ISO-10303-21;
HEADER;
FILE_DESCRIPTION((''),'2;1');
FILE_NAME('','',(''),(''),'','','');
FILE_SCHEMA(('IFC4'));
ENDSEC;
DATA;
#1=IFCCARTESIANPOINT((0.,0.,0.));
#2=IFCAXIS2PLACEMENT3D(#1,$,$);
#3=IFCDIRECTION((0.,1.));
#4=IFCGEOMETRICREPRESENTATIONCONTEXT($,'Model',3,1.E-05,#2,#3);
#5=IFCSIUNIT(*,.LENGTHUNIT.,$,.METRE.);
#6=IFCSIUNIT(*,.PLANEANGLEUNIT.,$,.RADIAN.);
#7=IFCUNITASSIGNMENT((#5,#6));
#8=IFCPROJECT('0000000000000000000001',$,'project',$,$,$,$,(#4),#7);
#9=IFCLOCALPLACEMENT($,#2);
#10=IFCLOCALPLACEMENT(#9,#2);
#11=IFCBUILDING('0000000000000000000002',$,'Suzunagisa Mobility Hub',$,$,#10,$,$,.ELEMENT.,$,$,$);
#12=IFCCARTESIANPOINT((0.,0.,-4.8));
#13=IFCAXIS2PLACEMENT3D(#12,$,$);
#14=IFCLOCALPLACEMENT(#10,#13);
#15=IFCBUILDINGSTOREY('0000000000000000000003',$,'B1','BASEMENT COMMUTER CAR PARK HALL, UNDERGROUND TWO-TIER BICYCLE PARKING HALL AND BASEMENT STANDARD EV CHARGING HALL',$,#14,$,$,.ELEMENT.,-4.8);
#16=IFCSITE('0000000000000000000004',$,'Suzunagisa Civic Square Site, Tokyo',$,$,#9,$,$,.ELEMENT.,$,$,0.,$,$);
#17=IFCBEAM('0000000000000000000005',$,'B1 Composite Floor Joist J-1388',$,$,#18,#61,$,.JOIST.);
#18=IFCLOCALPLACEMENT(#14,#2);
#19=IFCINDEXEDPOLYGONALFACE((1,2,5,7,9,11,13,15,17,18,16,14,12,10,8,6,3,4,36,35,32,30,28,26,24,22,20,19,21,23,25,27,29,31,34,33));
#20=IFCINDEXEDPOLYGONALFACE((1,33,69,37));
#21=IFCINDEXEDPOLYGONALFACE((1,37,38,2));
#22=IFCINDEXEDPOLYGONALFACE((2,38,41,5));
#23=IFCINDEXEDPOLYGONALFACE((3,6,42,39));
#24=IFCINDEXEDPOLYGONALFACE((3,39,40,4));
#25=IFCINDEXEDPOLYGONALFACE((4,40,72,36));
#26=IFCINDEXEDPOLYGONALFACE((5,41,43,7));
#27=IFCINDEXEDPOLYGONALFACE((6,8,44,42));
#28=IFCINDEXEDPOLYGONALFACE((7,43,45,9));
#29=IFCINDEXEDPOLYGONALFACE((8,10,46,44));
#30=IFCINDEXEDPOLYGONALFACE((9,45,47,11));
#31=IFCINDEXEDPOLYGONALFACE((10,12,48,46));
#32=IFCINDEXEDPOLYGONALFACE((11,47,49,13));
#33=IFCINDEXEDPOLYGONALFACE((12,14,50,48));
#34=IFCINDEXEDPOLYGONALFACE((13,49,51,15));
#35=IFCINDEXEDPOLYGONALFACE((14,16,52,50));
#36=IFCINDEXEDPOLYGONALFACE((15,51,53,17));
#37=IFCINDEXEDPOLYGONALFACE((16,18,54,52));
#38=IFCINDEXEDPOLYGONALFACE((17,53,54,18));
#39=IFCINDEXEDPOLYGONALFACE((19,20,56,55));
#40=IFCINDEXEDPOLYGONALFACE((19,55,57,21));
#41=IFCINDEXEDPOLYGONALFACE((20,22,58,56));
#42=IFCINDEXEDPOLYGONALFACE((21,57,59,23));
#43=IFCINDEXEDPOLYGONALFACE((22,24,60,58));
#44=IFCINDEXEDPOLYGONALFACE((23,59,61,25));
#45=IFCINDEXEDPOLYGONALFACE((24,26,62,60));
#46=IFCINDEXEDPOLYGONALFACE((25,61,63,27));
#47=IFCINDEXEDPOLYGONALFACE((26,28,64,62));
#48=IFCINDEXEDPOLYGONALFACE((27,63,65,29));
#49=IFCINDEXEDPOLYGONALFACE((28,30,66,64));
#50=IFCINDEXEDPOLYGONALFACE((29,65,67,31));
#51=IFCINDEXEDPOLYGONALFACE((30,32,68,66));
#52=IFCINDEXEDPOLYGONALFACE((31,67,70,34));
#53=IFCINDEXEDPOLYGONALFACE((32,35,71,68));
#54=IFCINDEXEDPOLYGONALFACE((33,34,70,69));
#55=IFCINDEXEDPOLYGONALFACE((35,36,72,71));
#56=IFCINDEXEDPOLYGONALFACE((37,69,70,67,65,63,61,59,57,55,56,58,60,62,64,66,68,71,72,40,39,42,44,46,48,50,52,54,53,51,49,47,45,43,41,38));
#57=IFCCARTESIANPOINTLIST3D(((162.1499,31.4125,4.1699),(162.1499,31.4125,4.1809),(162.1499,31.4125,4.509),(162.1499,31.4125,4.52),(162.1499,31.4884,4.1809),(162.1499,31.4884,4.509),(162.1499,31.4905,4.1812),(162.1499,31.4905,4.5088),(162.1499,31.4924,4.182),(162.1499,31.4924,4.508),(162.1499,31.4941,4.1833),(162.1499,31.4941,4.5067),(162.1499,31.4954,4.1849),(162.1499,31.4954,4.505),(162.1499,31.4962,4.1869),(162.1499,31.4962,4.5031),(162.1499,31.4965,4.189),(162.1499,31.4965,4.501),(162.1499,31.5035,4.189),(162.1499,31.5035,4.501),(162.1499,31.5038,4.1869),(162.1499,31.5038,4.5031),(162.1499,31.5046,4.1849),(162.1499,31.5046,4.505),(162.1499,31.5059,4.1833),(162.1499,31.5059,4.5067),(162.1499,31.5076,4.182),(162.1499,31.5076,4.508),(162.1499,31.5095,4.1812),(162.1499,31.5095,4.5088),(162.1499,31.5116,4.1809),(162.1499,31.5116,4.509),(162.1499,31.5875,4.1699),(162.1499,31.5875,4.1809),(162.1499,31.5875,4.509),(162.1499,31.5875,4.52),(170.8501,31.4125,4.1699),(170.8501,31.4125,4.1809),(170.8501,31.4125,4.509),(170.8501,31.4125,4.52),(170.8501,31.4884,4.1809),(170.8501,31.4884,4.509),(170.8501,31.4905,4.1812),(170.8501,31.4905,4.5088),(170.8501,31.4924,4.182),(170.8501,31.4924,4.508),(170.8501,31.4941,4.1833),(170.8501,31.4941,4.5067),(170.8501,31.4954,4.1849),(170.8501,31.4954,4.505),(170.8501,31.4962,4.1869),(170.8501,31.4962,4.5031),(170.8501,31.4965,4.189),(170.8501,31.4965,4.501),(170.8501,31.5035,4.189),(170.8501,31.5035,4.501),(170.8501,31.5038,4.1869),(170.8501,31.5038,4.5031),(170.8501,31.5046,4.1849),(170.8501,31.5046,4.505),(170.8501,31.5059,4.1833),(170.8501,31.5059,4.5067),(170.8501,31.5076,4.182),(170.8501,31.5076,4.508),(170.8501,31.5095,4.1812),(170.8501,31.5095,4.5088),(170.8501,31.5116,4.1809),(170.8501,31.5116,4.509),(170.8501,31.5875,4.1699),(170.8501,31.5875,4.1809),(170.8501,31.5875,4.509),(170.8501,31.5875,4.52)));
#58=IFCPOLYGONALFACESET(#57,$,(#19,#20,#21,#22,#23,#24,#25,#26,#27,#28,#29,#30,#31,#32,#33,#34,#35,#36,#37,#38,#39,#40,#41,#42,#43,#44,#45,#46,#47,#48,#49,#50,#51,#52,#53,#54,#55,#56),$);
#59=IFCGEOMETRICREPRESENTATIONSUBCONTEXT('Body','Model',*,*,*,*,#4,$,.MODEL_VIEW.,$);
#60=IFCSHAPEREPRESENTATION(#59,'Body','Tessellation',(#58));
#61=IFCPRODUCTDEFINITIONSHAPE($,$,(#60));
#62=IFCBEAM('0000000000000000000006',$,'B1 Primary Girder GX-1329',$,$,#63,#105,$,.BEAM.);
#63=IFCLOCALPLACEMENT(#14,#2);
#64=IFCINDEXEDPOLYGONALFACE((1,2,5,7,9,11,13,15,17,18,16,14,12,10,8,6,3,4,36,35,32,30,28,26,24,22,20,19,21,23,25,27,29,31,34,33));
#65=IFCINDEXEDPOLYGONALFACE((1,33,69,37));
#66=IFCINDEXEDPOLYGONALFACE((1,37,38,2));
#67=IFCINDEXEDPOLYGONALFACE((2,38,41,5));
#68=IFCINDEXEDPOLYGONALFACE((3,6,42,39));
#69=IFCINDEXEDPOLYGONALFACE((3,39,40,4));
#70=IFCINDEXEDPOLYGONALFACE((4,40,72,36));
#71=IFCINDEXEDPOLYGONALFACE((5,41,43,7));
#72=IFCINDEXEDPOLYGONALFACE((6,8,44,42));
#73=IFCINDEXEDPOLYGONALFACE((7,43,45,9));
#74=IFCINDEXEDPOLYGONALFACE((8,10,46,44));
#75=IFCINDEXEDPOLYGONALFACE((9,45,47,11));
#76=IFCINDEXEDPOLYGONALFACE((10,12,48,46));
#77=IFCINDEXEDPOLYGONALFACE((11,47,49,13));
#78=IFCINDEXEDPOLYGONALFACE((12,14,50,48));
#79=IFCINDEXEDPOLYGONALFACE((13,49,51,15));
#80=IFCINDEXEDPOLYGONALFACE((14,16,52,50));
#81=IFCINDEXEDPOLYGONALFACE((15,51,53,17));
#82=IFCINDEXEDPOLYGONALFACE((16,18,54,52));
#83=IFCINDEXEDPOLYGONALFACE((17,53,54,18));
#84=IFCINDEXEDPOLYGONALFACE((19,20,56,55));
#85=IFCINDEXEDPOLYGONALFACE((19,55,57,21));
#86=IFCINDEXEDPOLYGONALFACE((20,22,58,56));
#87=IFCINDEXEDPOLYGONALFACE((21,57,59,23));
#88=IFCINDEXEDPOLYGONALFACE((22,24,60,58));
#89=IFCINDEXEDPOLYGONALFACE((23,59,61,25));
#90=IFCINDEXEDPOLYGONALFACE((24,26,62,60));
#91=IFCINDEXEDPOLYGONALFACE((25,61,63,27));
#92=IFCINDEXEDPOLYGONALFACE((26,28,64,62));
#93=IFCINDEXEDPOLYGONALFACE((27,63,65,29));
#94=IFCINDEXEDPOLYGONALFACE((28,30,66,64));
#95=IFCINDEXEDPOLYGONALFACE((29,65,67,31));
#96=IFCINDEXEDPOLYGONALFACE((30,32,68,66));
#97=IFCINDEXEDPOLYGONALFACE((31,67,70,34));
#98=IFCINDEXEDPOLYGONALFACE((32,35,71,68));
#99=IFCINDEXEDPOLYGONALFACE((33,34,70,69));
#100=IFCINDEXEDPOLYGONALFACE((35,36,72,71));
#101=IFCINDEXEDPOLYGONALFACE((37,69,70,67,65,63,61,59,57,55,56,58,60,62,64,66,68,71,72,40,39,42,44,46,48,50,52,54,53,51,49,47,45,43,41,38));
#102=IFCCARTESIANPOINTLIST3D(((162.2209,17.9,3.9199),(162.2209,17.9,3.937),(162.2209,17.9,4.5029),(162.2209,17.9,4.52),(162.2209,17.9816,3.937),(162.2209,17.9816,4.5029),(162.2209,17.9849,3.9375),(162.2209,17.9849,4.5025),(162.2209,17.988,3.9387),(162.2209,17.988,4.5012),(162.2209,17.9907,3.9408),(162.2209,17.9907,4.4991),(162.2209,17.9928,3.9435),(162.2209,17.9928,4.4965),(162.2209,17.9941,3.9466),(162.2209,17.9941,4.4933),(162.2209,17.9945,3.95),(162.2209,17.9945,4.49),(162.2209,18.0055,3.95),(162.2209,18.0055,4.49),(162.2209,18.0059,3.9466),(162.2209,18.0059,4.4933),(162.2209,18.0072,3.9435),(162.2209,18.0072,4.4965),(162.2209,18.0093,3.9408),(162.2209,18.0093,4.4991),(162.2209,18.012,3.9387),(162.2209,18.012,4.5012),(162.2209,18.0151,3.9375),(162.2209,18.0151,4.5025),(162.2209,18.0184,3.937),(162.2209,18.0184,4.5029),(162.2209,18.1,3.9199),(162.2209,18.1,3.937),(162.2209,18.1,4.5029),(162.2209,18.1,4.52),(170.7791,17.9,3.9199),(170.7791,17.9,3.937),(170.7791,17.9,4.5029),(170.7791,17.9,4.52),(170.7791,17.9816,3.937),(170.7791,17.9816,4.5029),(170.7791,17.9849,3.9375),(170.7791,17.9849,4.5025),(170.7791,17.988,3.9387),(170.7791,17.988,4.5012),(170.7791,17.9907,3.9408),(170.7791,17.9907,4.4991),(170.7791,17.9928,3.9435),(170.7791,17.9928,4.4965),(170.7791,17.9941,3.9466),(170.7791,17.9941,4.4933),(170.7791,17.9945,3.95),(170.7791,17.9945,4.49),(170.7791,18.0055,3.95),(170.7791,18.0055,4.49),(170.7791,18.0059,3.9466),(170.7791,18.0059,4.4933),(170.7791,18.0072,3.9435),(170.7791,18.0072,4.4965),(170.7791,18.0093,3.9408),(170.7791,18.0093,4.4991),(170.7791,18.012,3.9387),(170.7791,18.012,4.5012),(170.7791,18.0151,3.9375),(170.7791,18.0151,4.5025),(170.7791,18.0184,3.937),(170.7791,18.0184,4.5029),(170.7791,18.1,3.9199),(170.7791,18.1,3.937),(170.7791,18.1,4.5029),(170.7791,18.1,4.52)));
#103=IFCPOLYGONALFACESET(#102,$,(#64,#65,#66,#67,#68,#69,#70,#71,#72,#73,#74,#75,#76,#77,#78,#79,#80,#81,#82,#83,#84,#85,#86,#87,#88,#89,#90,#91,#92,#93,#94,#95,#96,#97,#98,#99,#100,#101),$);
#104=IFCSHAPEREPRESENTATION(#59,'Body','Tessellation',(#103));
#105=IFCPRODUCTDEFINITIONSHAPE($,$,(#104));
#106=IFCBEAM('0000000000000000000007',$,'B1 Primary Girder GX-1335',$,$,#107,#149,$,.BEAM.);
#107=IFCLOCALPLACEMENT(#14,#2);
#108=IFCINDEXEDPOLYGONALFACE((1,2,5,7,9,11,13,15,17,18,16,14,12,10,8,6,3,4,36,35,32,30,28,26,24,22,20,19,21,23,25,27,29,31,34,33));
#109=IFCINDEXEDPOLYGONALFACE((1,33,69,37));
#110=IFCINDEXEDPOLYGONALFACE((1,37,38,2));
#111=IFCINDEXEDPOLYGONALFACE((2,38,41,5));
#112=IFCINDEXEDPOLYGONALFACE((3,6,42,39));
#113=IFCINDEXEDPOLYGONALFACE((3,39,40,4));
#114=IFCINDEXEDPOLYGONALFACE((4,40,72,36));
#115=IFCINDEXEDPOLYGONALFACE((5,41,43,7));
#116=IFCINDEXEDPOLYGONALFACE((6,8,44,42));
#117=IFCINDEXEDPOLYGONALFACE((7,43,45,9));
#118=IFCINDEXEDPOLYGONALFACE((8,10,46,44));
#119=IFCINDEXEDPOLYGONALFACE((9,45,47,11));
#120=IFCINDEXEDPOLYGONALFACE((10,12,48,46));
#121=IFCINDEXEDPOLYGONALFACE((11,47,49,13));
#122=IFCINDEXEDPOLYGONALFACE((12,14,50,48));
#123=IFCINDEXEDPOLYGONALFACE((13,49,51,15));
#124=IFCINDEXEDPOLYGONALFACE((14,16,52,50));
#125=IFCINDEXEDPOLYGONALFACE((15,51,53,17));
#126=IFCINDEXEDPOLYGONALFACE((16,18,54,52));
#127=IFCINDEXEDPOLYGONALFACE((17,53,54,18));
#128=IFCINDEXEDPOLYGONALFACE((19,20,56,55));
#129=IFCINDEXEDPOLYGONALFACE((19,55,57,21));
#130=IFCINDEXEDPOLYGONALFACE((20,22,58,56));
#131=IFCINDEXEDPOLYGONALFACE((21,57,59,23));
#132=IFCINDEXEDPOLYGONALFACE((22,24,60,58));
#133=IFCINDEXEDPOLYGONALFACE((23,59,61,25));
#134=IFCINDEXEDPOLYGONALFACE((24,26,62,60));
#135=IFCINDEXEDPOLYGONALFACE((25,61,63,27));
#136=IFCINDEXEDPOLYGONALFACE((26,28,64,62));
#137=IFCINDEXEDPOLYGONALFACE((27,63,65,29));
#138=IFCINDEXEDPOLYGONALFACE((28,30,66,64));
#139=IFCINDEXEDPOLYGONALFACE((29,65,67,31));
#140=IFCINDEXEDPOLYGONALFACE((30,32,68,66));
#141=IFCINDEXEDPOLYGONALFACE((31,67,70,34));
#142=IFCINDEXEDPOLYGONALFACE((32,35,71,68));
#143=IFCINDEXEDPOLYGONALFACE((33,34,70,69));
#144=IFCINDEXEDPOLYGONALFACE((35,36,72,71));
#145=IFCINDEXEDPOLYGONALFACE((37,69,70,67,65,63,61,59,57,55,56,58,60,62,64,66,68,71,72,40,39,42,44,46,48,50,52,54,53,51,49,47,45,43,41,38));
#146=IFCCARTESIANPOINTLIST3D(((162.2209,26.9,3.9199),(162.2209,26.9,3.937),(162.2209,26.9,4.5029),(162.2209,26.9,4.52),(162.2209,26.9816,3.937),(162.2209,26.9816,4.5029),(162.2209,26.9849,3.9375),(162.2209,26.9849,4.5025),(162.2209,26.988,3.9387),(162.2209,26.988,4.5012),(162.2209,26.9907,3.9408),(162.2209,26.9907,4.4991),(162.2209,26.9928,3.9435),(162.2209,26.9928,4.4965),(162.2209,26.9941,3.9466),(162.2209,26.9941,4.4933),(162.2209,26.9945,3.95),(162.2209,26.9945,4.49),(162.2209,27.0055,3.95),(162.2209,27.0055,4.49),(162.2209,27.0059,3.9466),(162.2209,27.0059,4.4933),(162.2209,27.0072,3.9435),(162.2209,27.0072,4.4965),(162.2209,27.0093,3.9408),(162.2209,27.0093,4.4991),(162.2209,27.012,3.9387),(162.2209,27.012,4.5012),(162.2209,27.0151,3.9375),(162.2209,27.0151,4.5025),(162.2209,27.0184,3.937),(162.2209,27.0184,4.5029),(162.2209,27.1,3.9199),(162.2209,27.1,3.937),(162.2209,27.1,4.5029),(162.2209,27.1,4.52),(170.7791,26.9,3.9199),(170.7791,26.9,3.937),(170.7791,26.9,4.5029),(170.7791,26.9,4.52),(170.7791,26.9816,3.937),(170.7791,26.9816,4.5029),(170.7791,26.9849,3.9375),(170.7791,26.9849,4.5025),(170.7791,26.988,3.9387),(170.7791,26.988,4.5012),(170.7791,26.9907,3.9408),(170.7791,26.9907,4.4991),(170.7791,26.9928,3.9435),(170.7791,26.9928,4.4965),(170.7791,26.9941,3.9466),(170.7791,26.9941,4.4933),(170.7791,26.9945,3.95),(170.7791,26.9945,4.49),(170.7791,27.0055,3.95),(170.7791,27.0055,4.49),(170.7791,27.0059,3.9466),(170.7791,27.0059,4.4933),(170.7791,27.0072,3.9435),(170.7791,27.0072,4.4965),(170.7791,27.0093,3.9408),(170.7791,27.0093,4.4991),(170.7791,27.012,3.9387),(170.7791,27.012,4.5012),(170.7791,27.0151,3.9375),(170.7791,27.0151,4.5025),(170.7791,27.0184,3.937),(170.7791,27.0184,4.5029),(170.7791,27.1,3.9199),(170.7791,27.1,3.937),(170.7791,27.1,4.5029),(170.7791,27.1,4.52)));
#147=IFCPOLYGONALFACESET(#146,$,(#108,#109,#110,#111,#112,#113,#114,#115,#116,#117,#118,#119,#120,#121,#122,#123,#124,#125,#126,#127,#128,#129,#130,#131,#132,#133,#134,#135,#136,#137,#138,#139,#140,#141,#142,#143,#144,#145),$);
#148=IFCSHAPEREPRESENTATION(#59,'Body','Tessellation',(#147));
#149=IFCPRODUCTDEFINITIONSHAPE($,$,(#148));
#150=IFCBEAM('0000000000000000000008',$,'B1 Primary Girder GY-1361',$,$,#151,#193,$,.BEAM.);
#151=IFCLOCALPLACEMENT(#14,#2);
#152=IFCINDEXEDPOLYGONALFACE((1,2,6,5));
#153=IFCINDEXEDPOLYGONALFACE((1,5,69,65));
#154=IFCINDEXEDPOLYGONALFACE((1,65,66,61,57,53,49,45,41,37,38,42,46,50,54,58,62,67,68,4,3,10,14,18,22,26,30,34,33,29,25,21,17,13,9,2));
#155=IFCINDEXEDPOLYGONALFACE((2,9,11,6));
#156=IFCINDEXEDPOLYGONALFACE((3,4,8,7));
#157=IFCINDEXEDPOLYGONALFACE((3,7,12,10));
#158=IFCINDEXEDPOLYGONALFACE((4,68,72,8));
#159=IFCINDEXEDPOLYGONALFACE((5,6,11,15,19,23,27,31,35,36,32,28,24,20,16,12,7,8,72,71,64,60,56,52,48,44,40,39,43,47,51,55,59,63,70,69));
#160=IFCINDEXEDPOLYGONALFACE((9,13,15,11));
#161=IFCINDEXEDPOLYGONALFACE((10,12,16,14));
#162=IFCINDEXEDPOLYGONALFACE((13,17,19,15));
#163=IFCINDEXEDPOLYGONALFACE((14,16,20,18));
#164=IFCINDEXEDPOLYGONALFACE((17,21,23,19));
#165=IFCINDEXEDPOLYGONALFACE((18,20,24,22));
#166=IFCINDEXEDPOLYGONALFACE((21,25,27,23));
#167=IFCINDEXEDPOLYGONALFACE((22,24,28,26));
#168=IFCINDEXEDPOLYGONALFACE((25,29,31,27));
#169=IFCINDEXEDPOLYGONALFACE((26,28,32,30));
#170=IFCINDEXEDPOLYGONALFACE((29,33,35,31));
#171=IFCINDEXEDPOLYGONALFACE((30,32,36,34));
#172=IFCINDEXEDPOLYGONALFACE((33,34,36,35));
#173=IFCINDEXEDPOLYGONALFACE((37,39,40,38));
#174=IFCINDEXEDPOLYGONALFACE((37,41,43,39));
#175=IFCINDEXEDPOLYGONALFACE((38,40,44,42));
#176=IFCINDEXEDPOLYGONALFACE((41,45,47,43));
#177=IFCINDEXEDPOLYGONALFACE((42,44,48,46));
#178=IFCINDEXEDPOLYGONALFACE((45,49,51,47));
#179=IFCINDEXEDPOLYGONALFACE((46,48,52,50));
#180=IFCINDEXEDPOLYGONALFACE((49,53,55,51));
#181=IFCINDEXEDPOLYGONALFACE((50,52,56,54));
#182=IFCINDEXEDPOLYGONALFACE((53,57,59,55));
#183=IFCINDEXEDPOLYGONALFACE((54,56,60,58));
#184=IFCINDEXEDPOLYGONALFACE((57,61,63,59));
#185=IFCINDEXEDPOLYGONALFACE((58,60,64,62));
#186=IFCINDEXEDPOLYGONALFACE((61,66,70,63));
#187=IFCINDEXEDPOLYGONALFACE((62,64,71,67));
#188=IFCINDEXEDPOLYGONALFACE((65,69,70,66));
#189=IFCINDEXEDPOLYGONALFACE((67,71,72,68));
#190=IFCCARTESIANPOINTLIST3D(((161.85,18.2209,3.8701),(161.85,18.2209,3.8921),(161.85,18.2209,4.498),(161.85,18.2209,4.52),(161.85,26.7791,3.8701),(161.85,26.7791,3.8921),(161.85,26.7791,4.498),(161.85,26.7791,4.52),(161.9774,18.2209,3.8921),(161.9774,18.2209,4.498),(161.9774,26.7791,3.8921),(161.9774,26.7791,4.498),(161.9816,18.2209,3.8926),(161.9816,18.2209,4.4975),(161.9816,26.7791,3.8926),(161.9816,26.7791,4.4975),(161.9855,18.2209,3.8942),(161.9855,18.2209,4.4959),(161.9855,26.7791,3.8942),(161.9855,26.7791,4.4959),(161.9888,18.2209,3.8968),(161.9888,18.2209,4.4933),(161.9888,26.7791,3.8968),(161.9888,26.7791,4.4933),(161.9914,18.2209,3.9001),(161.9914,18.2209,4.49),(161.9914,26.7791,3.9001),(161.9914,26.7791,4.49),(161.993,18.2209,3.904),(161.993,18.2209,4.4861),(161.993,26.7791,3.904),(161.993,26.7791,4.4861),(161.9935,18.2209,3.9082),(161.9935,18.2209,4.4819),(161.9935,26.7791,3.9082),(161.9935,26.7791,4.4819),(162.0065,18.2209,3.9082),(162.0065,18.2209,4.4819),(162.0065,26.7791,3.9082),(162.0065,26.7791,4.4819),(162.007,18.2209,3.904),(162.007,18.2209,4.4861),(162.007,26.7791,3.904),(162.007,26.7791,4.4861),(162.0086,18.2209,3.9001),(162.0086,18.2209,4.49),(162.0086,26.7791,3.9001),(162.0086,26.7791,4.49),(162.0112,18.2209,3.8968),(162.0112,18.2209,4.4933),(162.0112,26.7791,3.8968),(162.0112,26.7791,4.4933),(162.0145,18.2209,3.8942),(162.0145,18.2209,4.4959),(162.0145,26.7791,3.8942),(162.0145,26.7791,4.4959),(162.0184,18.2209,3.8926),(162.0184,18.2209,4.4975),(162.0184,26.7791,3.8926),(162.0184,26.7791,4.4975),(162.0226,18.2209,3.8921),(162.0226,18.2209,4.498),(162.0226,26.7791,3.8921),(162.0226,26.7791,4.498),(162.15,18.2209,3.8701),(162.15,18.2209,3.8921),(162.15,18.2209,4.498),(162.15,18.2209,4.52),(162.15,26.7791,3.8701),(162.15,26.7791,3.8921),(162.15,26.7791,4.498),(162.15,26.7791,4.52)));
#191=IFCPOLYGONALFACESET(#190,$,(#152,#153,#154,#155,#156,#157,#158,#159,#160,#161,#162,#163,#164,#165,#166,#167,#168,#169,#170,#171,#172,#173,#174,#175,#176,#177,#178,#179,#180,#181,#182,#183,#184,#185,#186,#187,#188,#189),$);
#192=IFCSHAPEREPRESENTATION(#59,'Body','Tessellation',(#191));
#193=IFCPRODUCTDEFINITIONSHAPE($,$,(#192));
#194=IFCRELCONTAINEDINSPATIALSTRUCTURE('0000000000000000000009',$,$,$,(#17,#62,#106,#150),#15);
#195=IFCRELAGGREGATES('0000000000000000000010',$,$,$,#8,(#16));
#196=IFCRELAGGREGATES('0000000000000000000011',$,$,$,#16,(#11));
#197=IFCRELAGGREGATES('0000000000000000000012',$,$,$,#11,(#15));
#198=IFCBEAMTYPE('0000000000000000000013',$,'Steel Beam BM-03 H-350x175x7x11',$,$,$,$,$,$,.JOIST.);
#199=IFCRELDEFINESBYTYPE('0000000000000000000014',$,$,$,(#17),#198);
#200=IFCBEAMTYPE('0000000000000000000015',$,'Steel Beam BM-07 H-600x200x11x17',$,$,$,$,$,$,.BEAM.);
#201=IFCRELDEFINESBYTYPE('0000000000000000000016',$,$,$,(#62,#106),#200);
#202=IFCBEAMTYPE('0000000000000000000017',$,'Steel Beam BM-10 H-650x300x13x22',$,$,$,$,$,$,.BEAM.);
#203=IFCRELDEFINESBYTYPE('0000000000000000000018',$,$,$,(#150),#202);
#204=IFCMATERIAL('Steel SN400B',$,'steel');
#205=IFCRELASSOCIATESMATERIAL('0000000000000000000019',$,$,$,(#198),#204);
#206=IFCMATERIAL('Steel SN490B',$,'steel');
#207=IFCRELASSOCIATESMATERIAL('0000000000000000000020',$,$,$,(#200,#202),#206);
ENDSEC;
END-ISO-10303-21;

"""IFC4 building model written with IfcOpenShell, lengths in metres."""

from ifc_helpers import new_model, si_unit, direction, frame, origin, origin_2d, place, context, subcontext, project, spatial, i_section, extrude, material, material_profile, profile_set, type_object, element, save


model = new_model("IFC4")

# Units and contexts
model_context = context("Model", 3, precision=1e-05, world=origin(), true_north=direction((0.0, 1.0)))
body_context = subcontext(model_context, "Body", "Model", "MODEL_VIEW")
ifc_project = project(units=[si_unit("LENGTHUNIT", "METRE"), si_unit("PLANEANGLEUNIT", "RADIAN")], contexts=[model_context])

# Site, building, storey
site_placement = place(None, origin())
site = spatial("IfcSite", under=ifc_project, at=site_placement, Name="Suzunagisa Civic Square Site, Tokyo", CompositionType="ELEMENT", RefElevation=0.0)
building_placement = place(site_placement, origin())
building = spatial("IfcBuilding", under=site, at=building_placement, Name="Suzunagisa Mobility Hub", CompositionType="ELEMENT")
storey_placement = place(building_placement, frame((0.0, 0.0, -4.8)))
storey = spatial("IfcBuildingStorey", under=building, at=storey_placement, Name="B1", Description="BASEMENT COMMUTER CAR PARK HALL, UNDERGROUND TWO-TIER BICYCLE PARKING HALL AND BASEMENT STANDARD EV CHARGING HALL", CompositionType="ELEMENT", Elevation=-4.8)

# Shared definitions
ifc_material_1 = material(Name="Steel SN490B", Category="steel")

# Beams
ifc_material_2 = material(Name="Steel SN400B", Category="steel")
ifc_material_profile_1 = material_profile(ifc_material_2, i_section(OverallWidth=0.175, OverallDepth=0.3501, WebThickness=0.0071, FlangeThickness=0.011, FilletRadius=0.0081, at=origin_2d()), Name="H-350x175x7x11")
ifc_profile_set_1 = profile_set([ifc_material_profile_1], Name="Steel SN400B")
beam_type_1 = type_object("IfcBeamType", Name="Steel Beam BM-03 H-350x175x7x11", PredefinedType="JOIST", material=ifc_profile_set_1)
beam_placement = place(storey_placement, frame((162.1499, 31.5, 4.345), z_axis=(1.0, 0.0, 0.0), x_axis=(0.0, 1.0, 0.0)))
element("IfcBeam", 1, at=beam_placement, inside=storey, type_object=beam_type_1, Name="B1 Composite Floor Joist J-1388", PredefinedType="JOIST", context=body_context, shape_type="SweptSolid", body=[
    extrude(i_section(OverallWidth=0.175, OverallDepth=0.3501, WebThickness=0.0071, FlangeThickness=0.011, FilletRadius=0.0081, at=origin_2d()), origin(), (0.0, 0.0, 1.0), 8.7002),
])
ifc_material_profile_2 = material_profile(ifc_material_1, i_section(OverallWidth=0.2, OverallDepth=0.6001, WebThickness=0.011, FlangeThickness=0.0171, FilletRadius=0.0129, at=origin_2d()), Name="H-600x200x11x17")
ifc_profile_set_2 = profile_set([ifc_material_profile_2], Name="Steel SN490B")
beam_type_2 = type_object("IfcBeamType", Name="Steel Beam BM-07 H-600x200x11x17", PredefinedType="BEAM", material=ifc_profile_set_2)
for number, where, z_axis, x_axis, name in (
    (2, (162.2209, 18.0, 4.22), (1.0, 0.0, 0.0), (0.0, 1.0, 0.0), "B1 Primary Girder GX-1329"),
    (3, (162.2209, 27.0, 4.22), (1.0, 0.0, 0.0), (0.0, 1.0, 0.0), "B1 Primary Girder GX-1335"),
):
    element("IfcBeam", number, at=place(storey_placement, frame(where, z_axis=z_axis, x_axis=x_axis)), inside=storey, type_object=beam_type_2, Name=name, PredefinedType="BEAM", context=body_context, shape_type="SweptSolid", body=[
        extrude(i_section(OverallWidth=0.2, OverallDepth=0.6001, WebThickness=0.011, FlangeThickness=0.0171, FilletRadius=0.0129, at=origin_2d()), origin(), (0.0, 0.0, 1.0), 8.5581),
    ])
ifc_material_profile_3 = material_profile(ifc_material_1, i_section(OverallWidth=0.3, OverallDepth=0.6499, WebThickness=0.0129, FlangeThickness=0.022, FilletRadius=0.0161, at=origin_2d()), Name="H-650x300x13x22")
ifc_profile_set_3 = profile_set([ifc_material_profile_3], Name="Steel SN490B")
beam_type_3 = type_object("IfcBeamType", Name="Steel Beam BM-10 H-650x300x13x22", PredefinedType="BEAM", material=ifc_profile_set_3)
for number, where, z_axis, x_axis, name in (
    (4, (162.0, 18.2209, 4.1951), (0.0, 1.0, 0.0), (-1.0, 0.0, 0.0), "B1 Primary Girder GY-1361"),
):
    element("IfcBeam", number, at=place(storey_placement, frame(where, z_axis=z_axis, x_axis=x_axis)), inside=storey, type_object=beam_type_3, Name=name, PredefinedType="BEAM", context=body_context, shape_type="SweptSolid", body=[
        extrude(i_section(OverallWidth=0.3, OverallDepth=0.6499, WebThickness=0.0129, FlangeThickness=0.022, FilletRadius=0.0161, at=origin_2d()), origin(), (0.0, 0.0, 1.0), 8.5581),
    ])

save(model, "model.ifc")
